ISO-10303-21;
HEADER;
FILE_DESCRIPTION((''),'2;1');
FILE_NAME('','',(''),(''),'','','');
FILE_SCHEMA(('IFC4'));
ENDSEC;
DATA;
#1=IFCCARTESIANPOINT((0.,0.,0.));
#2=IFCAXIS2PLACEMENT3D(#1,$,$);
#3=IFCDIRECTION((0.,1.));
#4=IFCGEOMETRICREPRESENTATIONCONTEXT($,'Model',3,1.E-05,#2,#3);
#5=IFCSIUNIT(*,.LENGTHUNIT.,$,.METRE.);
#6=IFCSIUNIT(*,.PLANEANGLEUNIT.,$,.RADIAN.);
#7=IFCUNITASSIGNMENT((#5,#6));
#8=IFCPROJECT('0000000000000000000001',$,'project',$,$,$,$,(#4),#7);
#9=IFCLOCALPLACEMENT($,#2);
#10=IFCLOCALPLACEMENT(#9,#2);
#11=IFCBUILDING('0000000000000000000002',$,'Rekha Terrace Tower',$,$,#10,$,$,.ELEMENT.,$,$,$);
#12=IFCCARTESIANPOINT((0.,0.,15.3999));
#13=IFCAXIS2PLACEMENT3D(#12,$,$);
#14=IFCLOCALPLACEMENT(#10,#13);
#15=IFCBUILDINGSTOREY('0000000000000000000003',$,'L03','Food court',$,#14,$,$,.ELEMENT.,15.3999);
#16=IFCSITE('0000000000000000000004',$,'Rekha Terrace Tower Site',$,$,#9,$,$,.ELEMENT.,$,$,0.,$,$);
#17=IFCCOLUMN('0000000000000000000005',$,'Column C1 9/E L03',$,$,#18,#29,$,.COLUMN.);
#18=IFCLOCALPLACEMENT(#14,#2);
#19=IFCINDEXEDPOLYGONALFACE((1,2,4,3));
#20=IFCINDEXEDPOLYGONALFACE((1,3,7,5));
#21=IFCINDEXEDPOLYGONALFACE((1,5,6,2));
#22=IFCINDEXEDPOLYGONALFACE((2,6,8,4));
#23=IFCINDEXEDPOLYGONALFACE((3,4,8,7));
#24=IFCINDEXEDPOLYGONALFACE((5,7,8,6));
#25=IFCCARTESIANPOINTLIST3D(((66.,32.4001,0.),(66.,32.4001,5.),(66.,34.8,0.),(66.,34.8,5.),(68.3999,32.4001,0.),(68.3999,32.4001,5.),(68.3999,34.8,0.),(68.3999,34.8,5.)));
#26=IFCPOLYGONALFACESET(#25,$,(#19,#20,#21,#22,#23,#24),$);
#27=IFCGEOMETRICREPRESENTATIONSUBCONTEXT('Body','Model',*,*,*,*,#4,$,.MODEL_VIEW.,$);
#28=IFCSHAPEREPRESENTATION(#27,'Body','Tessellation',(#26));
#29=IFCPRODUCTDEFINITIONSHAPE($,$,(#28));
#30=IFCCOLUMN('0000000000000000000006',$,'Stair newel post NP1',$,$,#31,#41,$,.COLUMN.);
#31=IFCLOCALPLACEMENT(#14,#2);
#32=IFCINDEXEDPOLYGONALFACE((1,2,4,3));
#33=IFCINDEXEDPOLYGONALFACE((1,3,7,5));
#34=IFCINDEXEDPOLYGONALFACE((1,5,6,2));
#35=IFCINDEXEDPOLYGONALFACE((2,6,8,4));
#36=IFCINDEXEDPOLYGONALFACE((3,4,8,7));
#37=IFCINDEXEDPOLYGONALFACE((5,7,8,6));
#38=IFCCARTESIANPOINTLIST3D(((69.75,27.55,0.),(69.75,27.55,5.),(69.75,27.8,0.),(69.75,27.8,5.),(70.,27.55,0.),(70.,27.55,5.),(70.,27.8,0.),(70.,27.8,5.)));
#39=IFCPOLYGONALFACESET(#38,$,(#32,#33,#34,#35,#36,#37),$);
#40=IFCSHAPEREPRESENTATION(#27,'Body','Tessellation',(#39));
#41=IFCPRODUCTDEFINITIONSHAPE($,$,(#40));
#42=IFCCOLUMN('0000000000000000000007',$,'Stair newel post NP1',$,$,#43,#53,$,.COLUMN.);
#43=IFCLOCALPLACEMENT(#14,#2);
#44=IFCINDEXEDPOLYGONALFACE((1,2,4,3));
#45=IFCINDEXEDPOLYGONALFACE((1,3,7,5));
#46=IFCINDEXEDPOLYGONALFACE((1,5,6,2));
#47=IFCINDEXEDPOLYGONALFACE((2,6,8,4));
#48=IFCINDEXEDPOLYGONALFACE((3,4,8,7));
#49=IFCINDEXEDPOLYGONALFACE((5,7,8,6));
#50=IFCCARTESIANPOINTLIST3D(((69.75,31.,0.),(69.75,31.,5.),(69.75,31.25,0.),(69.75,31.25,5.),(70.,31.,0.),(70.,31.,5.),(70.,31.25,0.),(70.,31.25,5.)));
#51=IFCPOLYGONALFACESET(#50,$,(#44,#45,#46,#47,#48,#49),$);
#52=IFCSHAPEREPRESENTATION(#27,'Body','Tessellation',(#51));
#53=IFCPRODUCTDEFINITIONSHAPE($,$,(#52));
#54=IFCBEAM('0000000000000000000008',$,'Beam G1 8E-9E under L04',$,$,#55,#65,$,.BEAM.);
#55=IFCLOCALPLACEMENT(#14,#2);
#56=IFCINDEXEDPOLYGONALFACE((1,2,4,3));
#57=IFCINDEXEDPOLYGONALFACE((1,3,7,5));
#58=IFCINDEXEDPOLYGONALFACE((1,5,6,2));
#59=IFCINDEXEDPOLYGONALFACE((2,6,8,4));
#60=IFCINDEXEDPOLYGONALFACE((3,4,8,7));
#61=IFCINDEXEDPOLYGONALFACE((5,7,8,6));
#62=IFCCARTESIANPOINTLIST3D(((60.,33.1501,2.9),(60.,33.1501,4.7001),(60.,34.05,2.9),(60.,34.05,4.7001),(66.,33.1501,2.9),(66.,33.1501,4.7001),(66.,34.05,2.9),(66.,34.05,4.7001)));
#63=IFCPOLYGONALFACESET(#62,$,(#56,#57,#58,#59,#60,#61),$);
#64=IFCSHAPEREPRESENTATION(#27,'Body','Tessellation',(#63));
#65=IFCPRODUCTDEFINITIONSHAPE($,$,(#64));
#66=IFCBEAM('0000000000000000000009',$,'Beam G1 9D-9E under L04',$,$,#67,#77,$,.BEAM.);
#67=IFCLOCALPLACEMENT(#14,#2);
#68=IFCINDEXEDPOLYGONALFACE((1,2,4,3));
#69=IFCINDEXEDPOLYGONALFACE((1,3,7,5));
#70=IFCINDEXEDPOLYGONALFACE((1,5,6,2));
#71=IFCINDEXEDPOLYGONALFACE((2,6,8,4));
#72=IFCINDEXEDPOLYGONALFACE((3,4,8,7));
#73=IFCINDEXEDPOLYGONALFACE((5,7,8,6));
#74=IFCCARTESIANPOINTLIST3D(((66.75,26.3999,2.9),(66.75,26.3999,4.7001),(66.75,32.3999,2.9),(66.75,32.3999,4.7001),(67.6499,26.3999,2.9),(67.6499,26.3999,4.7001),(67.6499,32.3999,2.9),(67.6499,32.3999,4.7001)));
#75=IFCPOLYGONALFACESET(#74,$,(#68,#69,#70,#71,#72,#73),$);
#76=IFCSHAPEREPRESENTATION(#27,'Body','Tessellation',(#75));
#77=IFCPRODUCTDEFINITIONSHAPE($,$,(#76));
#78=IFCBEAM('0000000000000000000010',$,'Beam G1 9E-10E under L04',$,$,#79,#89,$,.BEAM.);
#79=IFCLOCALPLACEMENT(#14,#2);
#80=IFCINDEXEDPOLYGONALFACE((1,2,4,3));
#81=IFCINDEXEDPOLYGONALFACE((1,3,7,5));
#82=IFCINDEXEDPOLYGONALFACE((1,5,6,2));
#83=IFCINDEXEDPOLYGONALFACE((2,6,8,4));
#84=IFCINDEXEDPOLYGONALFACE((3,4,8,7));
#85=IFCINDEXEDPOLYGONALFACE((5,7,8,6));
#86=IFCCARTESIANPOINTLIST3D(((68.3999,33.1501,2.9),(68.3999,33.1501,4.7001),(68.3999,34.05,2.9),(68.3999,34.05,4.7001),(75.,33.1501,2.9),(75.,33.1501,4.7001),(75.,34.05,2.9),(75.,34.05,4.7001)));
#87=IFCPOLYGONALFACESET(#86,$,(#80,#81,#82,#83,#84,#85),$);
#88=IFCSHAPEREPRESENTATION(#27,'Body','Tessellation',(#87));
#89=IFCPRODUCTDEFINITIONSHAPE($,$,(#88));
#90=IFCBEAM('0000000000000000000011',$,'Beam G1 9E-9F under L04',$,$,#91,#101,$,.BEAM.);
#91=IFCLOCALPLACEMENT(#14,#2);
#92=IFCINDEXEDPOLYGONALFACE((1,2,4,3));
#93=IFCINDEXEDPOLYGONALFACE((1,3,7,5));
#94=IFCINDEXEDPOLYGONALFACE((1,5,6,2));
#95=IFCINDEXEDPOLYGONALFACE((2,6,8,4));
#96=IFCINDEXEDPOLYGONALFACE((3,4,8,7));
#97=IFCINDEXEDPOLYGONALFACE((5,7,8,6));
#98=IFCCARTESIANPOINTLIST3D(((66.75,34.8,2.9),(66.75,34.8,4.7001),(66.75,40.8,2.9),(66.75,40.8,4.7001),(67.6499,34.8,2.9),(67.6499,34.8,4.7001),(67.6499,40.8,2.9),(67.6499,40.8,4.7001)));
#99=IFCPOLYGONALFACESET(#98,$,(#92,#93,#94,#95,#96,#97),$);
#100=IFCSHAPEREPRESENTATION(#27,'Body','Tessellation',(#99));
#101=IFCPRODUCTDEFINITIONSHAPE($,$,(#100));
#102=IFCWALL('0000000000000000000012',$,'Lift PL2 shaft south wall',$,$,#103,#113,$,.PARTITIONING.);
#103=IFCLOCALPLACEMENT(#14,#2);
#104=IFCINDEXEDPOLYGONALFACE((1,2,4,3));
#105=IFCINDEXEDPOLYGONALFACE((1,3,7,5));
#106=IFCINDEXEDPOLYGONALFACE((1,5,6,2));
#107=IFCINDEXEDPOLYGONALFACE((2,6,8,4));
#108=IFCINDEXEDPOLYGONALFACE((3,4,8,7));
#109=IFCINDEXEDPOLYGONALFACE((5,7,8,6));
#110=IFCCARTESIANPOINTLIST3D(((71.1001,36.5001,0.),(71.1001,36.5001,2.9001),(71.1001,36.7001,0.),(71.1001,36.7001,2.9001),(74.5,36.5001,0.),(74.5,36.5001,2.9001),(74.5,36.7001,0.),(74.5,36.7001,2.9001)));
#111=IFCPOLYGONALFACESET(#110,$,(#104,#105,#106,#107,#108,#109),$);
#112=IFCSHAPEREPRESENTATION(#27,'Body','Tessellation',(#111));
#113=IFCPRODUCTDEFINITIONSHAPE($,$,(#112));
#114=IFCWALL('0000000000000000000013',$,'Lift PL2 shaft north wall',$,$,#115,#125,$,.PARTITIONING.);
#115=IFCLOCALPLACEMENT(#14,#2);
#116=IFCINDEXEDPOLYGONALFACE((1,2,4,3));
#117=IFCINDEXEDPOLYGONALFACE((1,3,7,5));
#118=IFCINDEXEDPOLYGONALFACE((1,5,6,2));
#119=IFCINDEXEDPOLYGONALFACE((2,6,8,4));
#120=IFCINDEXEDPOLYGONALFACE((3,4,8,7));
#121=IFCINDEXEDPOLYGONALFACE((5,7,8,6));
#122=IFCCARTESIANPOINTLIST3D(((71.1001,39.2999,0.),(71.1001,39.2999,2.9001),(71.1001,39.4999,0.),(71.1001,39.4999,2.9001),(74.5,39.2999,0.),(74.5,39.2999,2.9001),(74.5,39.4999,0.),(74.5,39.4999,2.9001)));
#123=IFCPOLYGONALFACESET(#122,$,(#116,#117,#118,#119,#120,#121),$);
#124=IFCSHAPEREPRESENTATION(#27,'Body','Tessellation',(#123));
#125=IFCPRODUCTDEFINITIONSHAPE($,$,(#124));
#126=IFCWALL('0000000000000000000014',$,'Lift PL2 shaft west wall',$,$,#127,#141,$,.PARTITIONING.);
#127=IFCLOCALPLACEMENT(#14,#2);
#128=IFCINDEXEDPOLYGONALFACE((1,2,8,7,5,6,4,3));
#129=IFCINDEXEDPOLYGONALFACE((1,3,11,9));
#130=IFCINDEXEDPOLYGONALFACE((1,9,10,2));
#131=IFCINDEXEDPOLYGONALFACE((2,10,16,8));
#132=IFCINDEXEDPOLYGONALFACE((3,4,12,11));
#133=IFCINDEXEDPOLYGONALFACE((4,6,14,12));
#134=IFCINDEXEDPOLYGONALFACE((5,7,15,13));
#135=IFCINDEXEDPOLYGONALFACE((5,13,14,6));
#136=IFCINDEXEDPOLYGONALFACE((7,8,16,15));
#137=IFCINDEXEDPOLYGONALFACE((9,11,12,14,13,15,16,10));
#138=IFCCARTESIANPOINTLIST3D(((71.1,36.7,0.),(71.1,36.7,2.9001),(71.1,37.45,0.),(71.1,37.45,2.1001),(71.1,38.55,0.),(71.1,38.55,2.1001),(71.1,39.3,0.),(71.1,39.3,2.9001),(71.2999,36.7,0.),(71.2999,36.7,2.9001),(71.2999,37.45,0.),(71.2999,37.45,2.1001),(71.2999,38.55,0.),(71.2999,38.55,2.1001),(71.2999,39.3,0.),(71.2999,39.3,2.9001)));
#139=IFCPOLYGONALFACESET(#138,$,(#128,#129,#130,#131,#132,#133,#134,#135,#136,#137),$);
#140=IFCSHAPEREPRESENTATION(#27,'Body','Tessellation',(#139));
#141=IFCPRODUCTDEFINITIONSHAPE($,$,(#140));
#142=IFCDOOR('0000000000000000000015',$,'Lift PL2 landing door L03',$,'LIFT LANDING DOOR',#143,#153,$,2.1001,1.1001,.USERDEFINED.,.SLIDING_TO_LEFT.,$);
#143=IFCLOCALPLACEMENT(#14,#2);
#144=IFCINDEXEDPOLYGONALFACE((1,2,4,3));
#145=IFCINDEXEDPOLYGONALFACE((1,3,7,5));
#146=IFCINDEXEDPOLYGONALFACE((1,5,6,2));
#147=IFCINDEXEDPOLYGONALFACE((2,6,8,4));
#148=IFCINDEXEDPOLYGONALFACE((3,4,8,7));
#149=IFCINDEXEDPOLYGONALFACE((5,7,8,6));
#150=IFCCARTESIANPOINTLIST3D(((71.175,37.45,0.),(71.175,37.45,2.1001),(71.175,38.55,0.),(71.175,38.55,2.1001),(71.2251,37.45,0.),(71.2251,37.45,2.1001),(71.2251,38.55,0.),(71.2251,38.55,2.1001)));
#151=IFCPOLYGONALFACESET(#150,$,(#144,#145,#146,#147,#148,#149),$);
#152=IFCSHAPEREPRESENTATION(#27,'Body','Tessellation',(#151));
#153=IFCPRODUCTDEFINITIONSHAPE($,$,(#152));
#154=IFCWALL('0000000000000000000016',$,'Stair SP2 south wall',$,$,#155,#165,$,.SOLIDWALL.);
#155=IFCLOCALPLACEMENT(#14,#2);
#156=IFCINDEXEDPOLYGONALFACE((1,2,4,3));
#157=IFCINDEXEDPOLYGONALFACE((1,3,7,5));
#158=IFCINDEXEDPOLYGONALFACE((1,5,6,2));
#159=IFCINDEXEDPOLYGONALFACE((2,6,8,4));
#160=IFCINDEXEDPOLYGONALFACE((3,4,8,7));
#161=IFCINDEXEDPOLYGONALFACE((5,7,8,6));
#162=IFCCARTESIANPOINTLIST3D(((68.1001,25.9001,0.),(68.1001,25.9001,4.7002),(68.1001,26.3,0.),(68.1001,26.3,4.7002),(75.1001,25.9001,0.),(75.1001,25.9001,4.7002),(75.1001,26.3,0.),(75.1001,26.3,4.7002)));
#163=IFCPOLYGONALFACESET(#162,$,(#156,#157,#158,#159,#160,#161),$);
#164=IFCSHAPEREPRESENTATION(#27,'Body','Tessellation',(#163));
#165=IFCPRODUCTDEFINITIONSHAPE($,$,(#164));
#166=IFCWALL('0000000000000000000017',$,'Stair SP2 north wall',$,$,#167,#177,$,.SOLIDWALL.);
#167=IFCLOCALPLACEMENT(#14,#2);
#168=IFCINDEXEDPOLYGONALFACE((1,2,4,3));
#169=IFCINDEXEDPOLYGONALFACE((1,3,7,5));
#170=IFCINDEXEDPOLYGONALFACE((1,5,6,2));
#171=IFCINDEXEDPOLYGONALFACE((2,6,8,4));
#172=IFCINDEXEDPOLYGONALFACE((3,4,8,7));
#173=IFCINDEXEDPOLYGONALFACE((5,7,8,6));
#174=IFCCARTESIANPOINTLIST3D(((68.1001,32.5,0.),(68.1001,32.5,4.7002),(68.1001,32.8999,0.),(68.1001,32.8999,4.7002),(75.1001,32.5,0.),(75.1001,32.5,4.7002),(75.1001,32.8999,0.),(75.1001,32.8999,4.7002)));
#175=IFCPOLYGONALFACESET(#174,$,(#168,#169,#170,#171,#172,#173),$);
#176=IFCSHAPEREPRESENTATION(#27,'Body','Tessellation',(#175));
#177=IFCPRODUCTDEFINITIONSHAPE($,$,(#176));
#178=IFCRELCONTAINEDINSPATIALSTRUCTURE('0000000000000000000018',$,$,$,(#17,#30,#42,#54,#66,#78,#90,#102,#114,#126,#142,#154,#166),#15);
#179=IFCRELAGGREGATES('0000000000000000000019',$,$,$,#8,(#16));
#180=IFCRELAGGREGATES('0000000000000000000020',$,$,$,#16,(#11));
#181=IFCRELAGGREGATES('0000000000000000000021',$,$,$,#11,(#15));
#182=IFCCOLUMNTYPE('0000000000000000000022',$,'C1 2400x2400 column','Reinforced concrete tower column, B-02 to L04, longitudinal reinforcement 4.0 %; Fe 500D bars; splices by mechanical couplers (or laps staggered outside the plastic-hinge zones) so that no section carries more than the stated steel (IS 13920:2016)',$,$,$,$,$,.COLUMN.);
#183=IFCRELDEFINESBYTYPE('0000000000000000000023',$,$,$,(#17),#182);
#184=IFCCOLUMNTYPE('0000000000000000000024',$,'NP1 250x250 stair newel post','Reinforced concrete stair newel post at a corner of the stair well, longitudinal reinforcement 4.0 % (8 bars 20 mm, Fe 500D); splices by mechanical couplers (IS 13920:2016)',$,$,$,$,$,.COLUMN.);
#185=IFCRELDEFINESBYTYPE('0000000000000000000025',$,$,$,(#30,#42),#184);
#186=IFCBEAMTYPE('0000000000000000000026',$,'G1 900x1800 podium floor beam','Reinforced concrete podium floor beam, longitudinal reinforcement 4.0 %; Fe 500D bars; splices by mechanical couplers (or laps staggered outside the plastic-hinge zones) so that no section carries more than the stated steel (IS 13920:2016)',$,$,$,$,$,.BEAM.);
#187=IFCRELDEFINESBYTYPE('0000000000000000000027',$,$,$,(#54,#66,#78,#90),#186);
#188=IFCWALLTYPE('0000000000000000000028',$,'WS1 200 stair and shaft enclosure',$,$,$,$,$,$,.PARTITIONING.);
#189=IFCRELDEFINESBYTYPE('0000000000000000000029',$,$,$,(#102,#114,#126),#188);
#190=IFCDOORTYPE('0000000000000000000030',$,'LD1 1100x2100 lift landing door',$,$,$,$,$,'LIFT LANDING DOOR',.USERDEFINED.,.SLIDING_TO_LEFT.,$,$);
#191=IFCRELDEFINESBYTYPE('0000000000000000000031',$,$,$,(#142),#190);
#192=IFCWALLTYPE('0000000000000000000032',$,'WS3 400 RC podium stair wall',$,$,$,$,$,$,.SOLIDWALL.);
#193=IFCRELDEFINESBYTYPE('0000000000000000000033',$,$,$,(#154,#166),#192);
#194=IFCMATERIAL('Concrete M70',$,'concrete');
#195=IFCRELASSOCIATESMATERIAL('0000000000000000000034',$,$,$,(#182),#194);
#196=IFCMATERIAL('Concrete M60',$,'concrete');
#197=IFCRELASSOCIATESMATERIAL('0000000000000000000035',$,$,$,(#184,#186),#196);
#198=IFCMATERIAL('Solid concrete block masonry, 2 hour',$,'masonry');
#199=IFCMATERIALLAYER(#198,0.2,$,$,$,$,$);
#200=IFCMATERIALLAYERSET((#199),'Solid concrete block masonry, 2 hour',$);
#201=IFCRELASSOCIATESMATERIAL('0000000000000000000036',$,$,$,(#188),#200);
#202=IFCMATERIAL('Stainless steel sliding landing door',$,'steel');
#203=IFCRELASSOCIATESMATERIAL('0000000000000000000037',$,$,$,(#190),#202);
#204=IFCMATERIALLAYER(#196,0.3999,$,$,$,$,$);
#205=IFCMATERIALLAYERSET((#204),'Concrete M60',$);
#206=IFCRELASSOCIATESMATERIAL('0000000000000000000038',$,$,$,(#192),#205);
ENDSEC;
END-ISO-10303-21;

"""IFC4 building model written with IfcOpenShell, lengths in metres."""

from ifc_helpers import new_model, si_unit, direction, frame, frame_2d, origin, origin_2d, place, context, subcontext, project, spatial, rectangle, extrude, material, layer, layer_set, material_profile, profile_set, type_object, element, fill, save


model = new_model("IFC4")

# Units and contexts
model_context = context("Model", 3, precision=1e-05, world=origin(), true_north=direction((0.0, 1.0)))
body_context = subcontext(model_context, "Body", "Model", "MODEL_VIEW")
ifc_project = project(units=[si_unit("LENGTHUNIT", "METRE"), si_unit("PLANEANGLEUNIT", "RADIAN")], contexts=[model_context])

# Site, building, storey
site_placement = place(None, origin())
site = spatial("IfcSite", under=ifc_project, at=site_placement, Name="Rekha Terrace Tower Site", CompositionType="ELEMENT", RefElevation=0.0)
building_placement = place(site_placement, origin())
building = spatial("IfcBuilding", under=site, at=building_placement, Name="Rekha Terrace Tower", CompositionType="ELEMENT")
storey_placement = place(building_placement, frame((0.0, 0.0, 15.3999)))
storey = spatial("IfcBuildingStorey", under=building, at=storey_placement, Name="L03", Description="Food court", CompositionType="ELEMENT", Elevation=15.3999)

# Columns
ifc_material_1 = material(Name="Concrete M70", Category="concrete")
ifc_material_profile_1 = material_profile(ifc_material_1, rectangle(XDim=2.3999, YDim=2.3999, at=origin_2d()), Name="RC 2400x2400")
ifc_profile_set_1 = profile_set([ifc_material_profile_1], Name="Concrete M70")
column_type_1 = type_object("IfcColumnType", Name="C1 2400x2400 column", Description="Reinforced concrete tower column, B-02 to L04, longitudinal reinforcement 4.0 %; Fe 500D bars; splices by mechanical couplers (or laps staggered outside the plastic-hinge zones) so that no section carries more than the stated steel (IS 13920:2016)", PredefinedType="COLUMN", material=ifc_profile_set_1)
column_placement = place(storey_placement, frame((67.2, 33.6001, 0.0), z_axis=(0.0, 0.0, 1.0), x_axis=(1.0, 0.0, 0.0)))
element("IfcColumn", 1, at=column_placement, inside=storey, type_object=column_type_1, Name="Column C1 9/E L03", PredefinedType="COLUMN", context=body_context, shape_type="SweptSolid", body=[
    extrude(rectangle(XDim=2.3999, YDim=2.3999, at=origin_2d()), origin(), (0.0, 0.0, 1.0), 5.0),
])
ifc_material_2 = material(Name="Concrete M60", Category="concrete")
ifc_material_profile_2 = material_profile(ifc_material_2, rectangle(XDim=0.25, YDim=0.25, at=origin_2d()), Name="RC 250x250")
ifc_profile_set_2 = profile_set([ifc_material_profile_2], Name="Concrete M60")
column_type_2 = type_object("IfcColumnType", Name="NP1 250x250 stair newel post", Description="Reinforced concrete stair newel post at a corner of the stair well, longitudinal reinforcement 4.0 % (8 bars 20 mm, Fe 500D); splices by mechanical couplers (IS 13920:2016)", PredefinedType="COLUMN", material=ifc_profile_set_2)
for number, where, z_axis, x_axis, name in (
    (2, (69.875, 27.675, 0.0), (0.0, 0.0, 1.0), (1.0, 0.0, 0.0), "Stair newel post NP1"),
    (3, (69.875, 31.125, 0.0), (0.0, 0.0, 1.0), (1.0, 0.0, 0.0), "Stair newel post NP1"),
):
    element("IfcColumn", number, at=place(storey_placement, frame(where, z_axis=z_axis, x_axis=x_axis)), inside=storey, type_object=column_type_2, Name=name, PredefinedType="COLUMN", context=body_context, shape_type="SweptSolid", body=[
        extrude(rectangle(XDim=0.25, YDim=0.25, at=origin_2d()), origin(), (0.0, 0.0, 1.0), 5.0),
    ])

# Beams
ifc_material_profile_3 = material_profile(ifc_material_2, rectangle(XDim=0.8999, YDim=1.8, at=origin_2d()), Name="RC 900x1800")
ifc_profile_set_3 = profile_set([ifc_material_profile_3], Name="Concrete M60")
beam_type = type_object("IfcBeamType", Name="G1 900x1800 podium floor beam", Description="Reinforced concrete podium floor beam, longitudinal reinforcement 4.0 %; Fe 500D bars; splices by mechanical couplers (or laps staggered outside the plastic-hinge zones) so that no section carries more than the stated steel (IS 13920:2016)", PredefinedType="BEAM", material=ifc_profile_set_3)
for number, where, z_axis, x_axis, name in (
    (4, (60.0, 33.6001, 3.8), (1.0, 0.0, 0.0), (0.0, 1.0, 0.0), "Beam G1 8E-9E under L04"),
    (5, (67.2, 26.3999, 3.8), (0.0, 1.0, 0.0), (-1.0, 0.0, 0.0), "Beam G1 9D-9E under L04"),
):
    element("IfcBeam", number, at=place(storey_placement, frame(where, z_axis=z_axis, x_axis=x_axis)), inside=storey, type_object=beam_type, Name=name, PredefinedType="BEAM", context=body_context, shape_type="SweptSolid", body=[
        extrude(rectangle(XDim=0.8999, YDim=1.8, at=origin_2d()), origin(), (0.0, 0.0, 1.0), 6.0),
    ])
beam_1_placement = place(storey_placement, frame((68.3999, 33.6001, 3.8), z_axis=(1.0, 0.0, 0.0), x_axis=(0.0, 1.0, 0.0)))
element("IfcBeam", 6, at=beam_1_placement, inside=storey, type_object=beam_type, Name="Beam G1 9E-10E under L04", PredefinedType="BEAM", context=body_context, shape_type="SweptSolid", body=[
    extrude(rectangle(XDim=0.8999, YDim=1.8, at=origin_2d()), origin(), (0.0, 0.0, 1.0), 6.6001),
])
beam_2_placement = place(storey_placement, frame((67.2, 34.8, 3.8), z_axis=(0.0, 1.0, 0.0), x_axis=(-1.0, 0.0, 0.0)))
element("IfcBeam", 7, at=beam_2_placement, inside=storey, type_object=beam_type, Name="Beam G1 9E-9F under L04", PredefinedType="BEAM", context=body_context, shape_type="SweptSolid", body=[
    extrude(rectangle(XDim=0.8999, YDim=1.8, at=origin_2d()), origin(), (0.0, 0.0, 1.0), 6.0),
])

# Walls
ifc_material_3 = material(Name="Solid concrete block masonry, 2 hour", Category="masonry")
ifc_layer_1 = layer(ifc_material_3, 0.2)
ifc_layer_set_1 = layer_set([ifc_layer_1], Name="Solid concrete block masonry, 2 hour")
wall_type_1 = type_object("IfcWallType", Name="WS1 200 stair and shaft enclosure", PredefinedType="PARTITIONING", material=ifc_layer_set_1)
for number, where, z_axis, x_axis, name in (
    (8, (71.1001, 36.6001, 0.0), (0.0, 0.0, 1.0), (1.0, 0.0, 0.0), "Lift PL2 shaft south wall"),
    (9, (71.1001, 39.3999, 0.0), (0.0, 0.0, 1.0), (1.0, 0.0, 0.0), "Lift PL2 shaft north wall"),
):
    element("IfcWall", number, at=place(storey_placement, frame(where, z_axis=z_axis, x_axis=x_axis)), inside=storey, type_object=wall_type_1, Name=name, PredefinedType="PARTITIONING", context=body_context, shape_type="SweptSolid", body=[
        extrude(rectangle(XDim=3.3999, YDim=0.2, at=frame_2d((1.7, 0.0))), origin(), (0.0, 0.0, 1.0), 2.9001),
    ])

# Wall, opening, door
wall_1_placement = place(storey_placement, frame((71.2, 36.7, 0.0), z_axis=(0.0, 0.0, 1.0), x_axis=(0.0, 1.0, 0.0)))
wall_1 = element("IfcWall", 10, at=wall_1_placement, inside=storey, type_object=wall_type_1, Name="Lift PL2 shaft west wall", PredefinedType="PARTITIONING", context=body_context, shape_type="SweptSolid", body=[
    extrude(rectangle(XDim=2.6001, YDim=0.2, at=frame_2d((1.3, 0.0))), origin(), (0.0, 0.0, 1.0), 2.9001),
])
opening_1_placement = place(wall_1_placement, frame((0.75, 0.0, 0.0)))
opening_1 = element("IfcOpeningElement", 11, at=opening_1_placement, cuts=wall_1, PredefinedType="OPENING", context=body_context, shape_type="SweptSolid", body=[
    extrude(rectangle(XDim=1.1001, YDim=2.1001, at=frame_2d((0.55, 1.05))), frame((0.0, 0.1099, 0.0), z_axis=(0.0, -1.0, 0.0), x_axis=(1.0, 0.0, 0.0)), (0.0, 0.0, 1.0), 0.22),
])
ifc_material_4 = material(Name="Stainless steel sliding landing door", Category="steel")
door_type_1 = type_object("IfcDoorType", Name="LD1 1100x2100 lift landing door", ElementType="LIFT LANDING DOOR", OperationType="SLIDING_TO_LEFT", PredefinedType="USERDEFINED", material=ifc_material_4)
door_1_placement = place(opening_1_placement, origin())
door_1 = element("IfcDoor", 12, at=door_1_placement, inside=storey, type_object=door_type_1, Name="Lift PL2 landing door L03", ObjectType="LIFT LANDING DOOR", OperationType="SLIDING_TO_LEFT", OverallHeight=2.1001, OverallWidth=1.1001, PredefinedType="USERDEFINED", context=body_context, shape_type="SweptSolid", body=[
    extrude(rectangle(XDim=1.1001, YDim=2.1001, at=frame_2d((0.55, 1.05))), frame((0.0, 0.0249, 0.0), z_axis=(0.0, -1.0, 0.0), x_axis=(1.0, 0.0, 0.0)), (0.0, 0.0, 1.0), 0.05),
])
fill(opening_1, door_1)

# Walls
ifc_layer_2 = layer(ifc_material_2, 0.3999)
ifc_layer_set_2 = layer_set([ifc_layer_2], Name="Concrete M60")
wall_type_2 = type_object("IfcWallType", Name="WS3 400 RC podium stair wall", PredefinedType="SOLIDWALL", material=ifc_layer_set_2)
for number, where, z_axis, x_axis, name in (
    (13, (68.1001, 26.1001, 0.0), (0.0, 0.0, 1.0), (1.0, 0.0, 0.0), "Stair SP2 south wall"),
    (14, (68.1001, 32.7, 0.0), (0.0, 0.0, 1.0), (1.0, 0.0, 0.0), "Stair SP2 north wall"),
):
    element("IfcWall", number, at=place(storey_placement, frame(where, z_axis=z_axis, x_axis=x_axis)), inside=storey, type_object=wall_type_2, Name=name, PredefinedType="SOLIDWALL", context=body_context, shape_type="SweptSolid", body=[
        extrude(rectangle(XDim=7.0, YDim=0.3999, at=frame_2d((3.5, 0.0))), origin(), (0.0, 0.0, 1.0), 4.7002),
    ])

save(model, "model.ifc")
